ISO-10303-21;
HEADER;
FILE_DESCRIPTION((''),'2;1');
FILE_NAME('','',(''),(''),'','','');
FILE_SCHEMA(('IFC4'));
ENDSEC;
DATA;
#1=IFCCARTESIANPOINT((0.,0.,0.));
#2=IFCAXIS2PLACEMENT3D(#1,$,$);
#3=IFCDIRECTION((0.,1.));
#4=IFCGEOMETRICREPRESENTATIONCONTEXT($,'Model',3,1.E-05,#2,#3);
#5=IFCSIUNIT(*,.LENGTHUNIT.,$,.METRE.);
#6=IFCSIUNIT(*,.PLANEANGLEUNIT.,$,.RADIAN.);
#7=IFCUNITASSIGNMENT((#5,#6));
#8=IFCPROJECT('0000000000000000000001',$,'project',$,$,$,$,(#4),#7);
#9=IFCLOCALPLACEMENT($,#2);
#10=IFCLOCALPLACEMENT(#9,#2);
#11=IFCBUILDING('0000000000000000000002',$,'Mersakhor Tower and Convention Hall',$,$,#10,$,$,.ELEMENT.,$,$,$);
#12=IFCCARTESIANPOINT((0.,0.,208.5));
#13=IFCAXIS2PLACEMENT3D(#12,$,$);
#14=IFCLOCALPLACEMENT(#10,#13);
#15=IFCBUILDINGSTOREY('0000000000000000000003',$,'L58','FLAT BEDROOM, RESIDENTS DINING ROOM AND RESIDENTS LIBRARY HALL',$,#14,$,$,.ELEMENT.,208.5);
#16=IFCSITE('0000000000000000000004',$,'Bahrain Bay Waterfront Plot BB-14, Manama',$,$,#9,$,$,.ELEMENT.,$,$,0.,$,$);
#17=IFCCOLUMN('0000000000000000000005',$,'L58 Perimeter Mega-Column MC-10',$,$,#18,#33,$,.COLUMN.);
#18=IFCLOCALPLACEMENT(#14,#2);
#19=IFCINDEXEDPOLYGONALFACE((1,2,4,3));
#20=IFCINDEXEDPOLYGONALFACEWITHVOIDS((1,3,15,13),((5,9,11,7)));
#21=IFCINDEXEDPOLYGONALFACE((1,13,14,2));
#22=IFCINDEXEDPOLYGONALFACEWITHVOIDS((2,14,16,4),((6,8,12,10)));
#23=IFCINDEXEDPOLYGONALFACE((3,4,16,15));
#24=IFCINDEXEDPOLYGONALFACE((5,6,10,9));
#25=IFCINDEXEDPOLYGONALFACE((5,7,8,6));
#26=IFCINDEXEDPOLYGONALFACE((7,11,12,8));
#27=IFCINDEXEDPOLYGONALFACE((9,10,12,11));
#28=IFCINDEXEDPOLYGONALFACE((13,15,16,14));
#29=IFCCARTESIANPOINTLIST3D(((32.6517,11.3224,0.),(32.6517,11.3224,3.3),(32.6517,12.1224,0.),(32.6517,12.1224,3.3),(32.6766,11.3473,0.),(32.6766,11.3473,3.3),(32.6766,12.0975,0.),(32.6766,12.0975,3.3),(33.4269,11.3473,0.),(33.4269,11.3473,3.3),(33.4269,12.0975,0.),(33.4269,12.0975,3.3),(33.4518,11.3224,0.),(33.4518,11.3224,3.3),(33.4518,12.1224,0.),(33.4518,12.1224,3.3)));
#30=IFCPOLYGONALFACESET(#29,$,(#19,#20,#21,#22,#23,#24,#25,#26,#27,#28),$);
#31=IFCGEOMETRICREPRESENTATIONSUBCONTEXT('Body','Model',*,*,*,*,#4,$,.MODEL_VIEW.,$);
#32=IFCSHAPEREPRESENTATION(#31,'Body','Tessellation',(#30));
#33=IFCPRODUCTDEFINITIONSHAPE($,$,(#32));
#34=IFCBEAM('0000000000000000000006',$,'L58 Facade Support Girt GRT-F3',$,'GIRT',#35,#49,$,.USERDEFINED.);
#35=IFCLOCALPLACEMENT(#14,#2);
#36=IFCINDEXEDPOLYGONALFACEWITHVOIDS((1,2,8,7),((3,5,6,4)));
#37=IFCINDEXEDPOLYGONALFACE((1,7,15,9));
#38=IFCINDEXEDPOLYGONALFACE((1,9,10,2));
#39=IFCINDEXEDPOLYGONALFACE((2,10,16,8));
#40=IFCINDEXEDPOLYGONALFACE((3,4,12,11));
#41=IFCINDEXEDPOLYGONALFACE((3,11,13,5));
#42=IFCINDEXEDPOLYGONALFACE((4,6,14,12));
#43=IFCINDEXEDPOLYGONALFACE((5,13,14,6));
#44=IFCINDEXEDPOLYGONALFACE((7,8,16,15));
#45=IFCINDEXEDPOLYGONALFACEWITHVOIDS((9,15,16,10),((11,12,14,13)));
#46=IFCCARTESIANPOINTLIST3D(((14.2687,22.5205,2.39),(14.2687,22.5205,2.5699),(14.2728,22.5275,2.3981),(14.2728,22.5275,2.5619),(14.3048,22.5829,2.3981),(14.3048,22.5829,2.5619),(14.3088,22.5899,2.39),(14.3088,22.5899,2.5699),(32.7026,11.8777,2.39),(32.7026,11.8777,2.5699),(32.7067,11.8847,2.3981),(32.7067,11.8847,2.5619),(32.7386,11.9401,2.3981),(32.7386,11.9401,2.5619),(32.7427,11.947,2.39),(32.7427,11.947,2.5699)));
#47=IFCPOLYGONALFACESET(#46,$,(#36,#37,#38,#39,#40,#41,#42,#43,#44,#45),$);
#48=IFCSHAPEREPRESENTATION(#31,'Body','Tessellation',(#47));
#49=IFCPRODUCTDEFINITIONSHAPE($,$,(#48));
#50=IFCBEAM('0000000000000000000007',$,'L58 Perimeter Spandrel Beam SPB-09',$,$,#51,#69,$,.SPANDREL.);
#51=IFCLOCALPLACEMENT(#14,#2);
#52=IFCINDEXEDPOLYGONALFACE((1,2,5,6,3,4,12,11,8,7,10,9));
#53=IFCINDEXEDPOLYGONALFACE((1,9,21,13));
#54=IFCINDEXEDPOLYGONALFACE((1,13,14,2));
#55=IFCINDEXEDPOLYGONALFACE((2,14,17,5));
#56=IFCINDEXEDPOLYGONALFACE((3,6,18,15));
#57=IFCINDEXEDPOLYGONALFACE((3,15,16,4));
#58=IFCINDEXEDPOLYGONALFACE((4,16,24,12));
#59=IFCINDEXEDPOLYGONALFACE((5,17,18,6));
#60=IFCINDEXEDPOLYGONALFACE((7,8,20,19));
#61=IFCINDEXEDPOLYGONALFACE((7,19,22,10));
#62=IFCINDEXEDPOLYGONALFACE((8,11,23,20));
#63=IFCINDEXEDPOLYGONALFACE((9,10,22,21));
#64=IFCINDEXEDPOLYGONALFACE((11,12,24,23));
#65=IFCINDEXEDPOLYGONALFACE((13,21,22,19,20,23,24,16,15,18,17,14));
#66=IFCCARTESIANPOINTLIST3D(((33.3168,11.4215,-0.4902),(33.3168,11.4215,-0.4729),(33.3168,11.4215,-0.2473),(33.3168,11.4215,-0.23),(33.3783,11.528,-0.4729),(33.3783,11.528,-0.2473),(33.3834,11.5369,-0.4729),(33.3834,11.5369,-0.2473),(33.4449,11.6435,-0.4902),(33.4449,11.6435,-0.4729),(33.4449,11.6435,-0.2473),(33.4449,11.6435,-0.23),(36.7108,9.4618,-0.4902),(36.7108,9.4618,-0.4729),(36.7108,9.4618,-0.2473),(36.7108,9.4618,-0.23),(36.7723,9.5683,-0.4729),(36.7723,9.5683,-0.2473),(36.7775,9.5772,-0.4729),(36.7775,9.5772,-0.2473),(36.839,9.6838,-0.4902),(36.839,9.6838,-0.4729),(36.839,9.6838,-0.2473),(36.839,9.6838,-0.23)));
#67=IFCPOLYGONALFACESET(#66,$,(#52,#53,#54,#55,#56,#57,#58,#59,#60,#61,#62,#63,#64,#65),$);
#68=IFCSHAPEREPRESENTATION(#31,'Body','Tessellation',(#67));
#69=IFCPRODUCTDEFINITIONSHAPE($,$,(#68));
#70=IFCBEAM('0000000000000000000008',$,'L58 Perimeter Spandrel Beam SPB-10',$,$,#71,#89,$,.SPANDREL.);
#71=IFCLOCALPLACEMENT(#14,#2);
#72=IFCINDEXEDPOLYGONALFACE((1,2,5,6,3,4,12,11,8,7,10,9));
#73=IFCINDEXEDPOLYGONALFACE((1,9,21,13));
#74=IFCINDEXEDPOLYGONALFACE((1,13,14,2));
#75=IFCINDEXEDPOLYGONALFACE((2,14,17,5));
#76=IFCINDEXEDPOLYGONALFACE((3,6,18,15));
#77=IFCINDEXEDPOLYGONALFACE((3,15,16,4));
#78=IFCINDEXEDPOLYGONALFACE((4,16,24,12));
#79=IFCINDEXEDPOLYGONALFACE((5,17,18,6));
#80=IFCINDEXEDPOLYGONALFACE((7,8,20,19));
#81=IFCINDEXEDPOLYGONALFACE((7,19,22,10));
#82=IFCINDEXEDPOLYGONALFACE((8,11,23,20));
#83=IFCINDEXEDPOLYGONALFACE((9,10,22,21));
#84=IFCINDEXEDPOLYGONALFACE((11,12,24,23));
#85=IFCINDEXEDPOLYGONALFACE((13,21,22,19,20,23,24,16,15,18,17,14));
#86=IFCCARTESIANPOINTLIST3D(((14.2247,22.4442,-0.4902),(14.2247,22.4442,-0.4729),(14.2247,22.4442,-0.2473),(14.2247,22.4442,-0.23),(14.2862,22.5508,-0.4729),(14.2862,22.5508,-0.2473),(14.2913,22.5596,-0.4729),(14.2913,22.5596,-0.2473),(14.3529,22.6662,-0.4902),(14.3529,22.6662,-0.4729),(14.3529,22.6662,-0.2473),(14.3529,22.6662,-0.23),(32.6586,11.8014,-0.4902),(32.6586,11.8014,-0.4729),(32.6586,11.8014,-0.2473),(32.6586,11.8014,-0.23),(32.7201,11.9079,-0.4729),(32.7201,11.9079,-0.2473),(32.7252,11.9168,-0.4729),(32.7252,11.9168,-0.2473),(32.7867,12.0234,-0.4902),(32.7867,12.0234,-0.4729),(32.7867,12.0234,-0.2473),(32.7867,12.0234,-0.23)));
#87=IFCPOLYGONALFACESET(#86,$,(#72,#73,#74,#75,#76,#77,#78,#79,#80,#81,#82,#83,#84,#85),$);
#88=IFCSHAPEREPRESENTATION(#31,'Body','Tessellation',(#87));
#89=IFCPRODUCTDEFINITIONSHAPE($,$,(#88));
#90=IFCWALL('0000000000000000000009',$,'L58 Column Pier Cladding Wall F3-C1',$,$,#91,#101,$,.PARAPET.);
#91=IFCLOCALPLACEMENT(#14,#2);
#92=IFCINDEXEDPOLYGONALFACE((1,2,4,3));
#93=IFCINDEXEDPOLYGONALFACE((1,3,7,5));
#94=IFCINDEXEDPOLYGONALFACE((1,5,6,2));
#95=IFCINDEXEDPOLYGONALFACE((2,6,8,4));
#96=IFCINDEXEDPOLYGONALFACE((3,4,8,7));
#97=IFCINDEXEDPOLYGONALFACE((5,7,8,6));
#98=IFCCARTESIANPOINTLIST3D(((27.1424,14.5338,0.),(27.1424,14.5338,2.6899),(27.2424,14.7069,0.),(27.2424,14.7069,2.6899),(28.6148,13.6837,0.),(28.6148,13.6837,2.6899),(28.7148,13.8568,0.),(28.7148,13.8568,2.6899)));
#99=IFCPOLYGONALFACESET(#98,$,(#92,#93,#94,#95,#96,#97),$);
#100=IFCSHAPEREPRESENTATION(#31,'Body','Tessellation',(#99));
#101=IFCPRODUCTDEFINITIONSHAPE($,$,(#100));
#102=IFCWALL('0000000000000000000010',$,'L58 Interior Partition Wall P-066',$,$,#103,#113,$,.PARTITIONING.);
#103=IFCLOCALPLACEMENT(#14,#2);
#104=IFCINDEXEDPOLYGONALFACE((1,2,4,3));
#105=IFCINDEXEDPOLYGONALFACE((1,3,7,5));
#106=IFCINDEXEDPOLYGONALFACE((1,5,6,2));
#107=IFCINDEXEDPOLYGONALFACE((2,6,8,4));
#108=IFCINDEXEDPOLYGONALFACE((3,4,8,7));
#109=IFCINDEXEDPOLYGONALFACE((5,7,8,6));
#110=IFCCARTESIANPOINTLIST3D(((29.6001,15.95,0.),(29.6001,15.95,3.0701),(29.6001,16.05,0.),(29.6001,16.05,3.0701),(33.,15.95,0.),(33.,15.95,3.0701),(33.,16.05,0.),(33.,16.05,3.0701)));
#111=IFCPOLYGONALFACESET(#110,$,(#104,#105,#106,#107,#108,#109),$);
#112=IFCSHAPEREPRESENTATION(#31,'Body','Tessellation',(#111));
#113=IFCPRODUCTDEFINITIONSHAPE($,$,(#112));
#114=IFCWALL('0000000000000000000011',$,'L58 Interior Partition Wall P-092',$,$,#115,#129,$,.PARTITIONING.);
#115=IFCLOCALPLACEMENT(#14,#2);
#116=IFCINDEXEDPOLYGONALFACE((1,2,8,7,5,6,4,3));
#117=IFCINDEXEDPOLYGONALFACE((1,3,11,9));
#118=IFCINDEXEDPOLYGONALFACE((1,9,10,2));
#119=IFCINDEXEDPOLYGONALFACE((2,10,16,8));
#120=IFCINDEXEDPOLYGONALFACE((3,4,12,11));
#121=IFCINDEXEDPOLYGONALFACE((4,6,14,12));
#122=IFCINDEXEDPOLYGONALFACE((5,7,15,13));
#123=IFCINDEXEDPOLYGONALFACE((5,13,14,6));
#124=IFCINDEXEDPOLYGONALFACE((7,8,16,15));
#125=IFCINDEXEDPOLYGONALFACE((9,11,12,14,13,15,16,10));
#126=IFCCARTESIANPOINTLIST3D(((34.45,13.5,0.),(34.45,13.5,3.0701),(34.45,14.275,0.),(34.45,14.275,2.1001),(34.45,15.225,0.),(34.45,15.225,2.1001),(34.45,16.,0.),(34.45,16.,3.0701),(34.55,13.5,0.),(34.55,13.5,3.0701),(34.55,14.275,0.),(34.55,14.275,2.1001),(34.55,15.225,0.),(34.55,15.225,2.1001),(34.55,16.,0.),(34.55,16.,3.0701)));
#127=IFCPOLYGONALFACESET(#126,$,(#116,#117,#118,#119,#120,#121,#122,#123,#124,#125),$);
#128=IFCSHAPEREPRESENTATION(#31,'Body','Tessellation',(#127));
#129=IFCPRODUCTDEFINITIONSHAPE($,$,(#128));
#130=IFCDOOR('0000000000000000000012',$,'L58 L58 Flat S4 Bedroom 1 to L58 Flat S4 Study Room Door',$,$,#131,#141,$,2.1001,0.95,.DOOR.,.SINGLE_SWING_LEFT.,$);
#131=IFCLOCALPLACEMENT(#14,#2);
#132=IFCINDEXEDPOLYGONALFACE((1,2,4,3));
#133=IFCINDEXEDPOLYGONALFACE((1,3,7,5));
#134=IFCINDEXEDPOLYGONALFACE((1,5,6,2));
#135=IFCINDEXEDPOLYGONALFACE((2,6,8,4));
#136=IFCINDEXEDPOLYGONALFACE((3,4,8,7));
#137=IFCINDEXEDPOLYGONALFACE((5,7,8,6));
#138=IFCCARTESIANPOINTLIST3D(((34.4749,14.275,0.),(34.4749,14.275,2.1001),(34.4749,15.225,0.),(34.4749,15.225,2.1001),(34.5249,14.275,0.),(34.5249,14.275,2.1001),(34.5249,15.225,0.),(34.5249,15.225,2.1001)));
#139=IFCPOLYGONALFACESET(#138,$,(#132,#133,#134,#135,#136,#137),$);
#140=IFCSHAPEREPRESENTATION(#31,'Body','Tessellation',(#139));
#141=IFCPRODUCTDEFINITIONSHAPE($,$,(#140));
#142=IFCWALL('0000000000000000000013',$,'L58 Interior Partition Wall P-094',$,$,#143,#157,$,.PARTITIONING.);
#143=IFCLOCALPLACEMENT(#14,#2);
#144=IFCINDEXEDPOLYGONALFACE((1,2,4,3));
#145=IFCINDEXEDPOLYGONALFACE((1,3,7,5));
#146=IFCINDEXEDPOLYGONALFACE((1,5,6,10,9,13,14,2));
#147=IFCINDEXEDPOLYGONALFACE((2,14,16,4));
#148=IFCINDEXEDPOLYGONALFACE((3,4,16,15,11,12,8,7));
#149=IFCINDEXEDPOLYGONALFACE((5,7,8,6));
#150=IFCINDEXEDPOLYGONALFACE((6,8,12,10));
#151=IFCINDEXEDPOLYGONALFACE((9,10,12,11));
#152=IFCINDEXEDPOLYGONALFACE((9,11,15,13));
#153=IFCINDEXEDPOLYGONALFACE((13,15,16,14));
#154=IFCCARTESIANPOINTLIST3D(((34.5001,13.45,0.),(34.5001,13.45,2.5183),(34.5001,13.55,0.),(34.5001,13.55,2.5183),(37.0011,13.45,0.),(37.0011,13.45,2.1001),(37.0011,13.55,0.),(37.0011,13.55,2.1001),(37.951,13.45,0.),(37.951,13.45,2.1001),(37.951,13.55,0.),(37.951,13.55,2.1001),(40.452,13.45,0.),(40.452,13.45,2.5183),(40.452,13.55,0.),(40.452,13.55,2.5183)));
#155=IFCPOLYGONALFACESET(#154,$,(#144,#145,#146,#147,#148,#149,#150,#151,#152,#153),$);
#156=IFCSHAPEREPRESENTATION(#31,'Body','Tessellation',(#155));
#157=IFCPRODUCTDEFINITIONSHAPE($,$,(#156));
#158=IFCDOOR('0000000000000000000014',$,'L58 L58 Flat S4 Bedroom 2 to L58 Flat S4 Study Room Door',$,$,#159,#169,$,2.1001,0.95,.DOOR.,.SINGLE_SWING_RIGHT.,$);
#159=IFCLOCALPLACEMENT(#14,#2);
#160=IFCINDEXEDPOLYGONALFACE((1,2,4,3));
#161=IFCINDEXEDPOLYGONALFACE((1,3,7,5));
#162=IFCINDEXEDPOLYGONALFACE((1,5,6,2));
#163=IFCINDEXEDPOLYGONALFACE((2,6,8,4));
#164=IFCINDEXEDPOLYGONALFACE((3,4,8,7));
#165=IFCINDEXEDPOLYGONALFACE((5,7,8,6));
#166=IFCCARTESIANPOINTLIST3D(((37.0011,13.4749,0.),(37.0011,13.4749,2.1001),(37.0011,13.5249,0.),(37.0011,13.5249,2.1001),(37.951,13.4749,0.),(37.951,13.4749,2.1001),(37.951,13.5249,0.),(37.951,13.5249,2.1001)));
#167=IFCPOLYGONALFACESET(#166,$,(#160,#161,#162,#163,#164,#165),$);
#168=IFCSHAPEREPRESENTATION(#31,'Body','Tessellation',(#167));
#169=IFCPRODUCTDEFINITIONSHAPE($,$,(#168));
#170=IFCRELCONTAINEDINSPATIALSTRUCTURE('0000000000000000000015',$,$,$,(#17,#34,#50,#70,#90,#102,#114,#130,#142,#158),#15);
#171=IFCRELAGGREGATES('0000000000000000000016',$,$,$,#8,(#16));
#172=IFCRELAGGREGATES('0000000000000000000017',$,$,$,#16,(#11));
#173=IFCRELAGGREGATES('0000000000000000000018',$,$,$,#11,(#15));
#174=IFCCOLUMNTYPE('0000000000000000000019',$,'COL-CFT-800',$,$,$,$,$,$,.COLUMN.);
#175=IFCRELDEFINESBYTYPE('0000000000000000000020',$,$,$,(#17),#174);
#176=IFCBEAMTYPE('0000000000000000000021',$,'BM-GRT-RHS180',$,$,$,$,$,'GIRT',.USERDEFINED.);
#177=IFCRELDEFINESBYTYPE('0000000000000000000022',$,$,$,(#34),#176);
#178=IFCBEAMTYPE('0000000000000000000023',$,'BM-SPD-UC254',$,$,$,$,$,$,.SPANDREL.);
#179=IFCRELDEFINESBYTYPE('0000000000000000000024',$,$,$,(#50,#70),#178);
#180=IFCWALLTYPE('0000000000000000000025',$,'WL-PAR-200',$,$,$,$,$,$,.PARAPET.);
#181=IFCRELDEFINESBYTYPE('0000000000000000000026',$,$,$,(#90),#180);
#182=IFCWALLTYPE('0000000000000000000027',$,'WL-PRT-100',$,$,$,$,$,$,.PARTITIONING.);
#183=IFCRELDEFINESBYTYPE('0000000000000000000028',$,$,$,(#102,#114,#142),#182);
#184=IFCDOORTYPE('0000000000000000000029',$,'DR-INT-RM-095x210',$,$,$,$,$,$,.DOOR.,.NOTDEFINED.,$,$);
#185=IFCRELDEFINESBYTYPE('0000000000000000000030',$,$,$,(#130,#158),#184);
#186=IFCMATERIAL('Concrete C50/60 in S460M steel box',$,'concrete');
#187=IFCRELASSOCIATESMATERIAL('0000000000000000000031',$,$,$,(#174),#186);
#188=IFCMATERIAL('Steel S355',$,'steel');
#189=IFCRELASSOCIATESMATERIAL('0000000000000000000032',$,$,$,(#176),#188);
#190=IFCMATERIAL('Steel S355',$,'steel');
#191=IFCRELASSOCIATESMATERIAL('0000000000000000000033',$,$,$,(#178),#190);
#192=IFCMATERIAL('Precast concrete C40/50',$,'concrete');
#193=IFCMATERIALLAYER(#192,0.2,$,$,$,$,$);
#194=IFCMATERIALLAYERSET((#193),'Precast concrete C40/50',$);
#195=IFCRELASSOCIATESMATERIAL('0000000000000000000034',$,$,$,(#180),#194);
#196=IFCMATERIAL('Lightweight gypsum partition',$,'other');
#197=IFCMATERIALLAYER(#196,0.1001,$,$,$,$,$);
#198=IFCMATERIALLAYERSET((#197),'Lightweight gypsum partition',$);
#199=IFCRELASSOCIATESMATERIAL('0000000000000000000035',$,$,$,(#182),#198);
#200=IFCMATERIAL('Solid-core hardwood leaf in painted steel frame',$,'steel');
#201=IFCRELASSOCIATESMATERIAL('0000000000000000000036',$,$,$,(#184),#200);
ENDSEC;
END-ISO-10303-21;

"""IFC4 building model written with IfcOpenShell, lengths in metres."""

from ifc_helpers import new_model, si_unit, direction, frame, frame_2d, origin, origin_2d, place, context, subcontext, project, spatial, rectangle, hollow_rectangle, i_section, extrude, material, layer, layer_set, material_profile, profile_set, type_object, element, fill, save


model = new_model("IFC4")

# Units and contexts
model_context = context("Model", 3, precision=1e-05, world=origin(), true_north=direction((0.0, 1.0)))
body_context = subcontext(model_context, "Body", "Model", "MODEL_VIEW")
ifc_project = project(units=[si_unit("LENGTHUNIT", "METRE"), si_unit("PLANEANGLEUNIT", "RADIAN")], contexts=[model_context])

# Site, building, storey
site_placement = place(None, origin())
site = spatial("IfcSite", under=ifc_project, at=site_placement, Name="Bahrain Bay Waterfront Plot BB-14, Manama", CompositionType="ELEMENT", RefElevation=0.0)
building_placement = place(site_placement, origin())
building = spatial("IfcBuilding", under=site, at=building_placement, Name="Mersakhor Tower and Convention Hall", CompositionType="ELEMENT")
storey_placement = place(building_placement, frame((0.0, 0.0, 208.5)))
storey = spatial("IfcBuildingStorey", under=building, at=storey_placement, Name="L58", Description="FLAT BEDROOM, RESIDENTS DINING ROOM AND RESIDENTS LIBRARY HALL", CompositionType="ELEMENT", Elevation=208.5)

# Column
ifc_material_1 = material(Name="Concrete C50/60 in S460M steel box", Category="concrete")
ifc_material_profile_1 = material_profile(ifc_material_1, hollow_rectangle(XDim=0.8, YDim=0.8, WallThickness=0.0249, at=origin_2d()), Name="SHS 800x800x25")
ifc_profile_set_1 = profile_set([ifc_material_profile_1], Name="Concrete C50/60 in S460M steel box")
column_type = type_object("IfcColumnType", Name="COL-CFT-800", PredefinedType="COLUMN", material=ifc_profile_set_1)
column_placement = place(storey_placement, frame((33.0518, 11.7224, 0.0), z_axis=(0.0, 0.0, 1.0), x_axis=(1.0, 0.0, 0.0)))
element("IfcColumn", 1, at=column_placement, inside=storey, type_object=column_type, Name="L58 Perimeter Mega-Column MC-10", PredefinedType="COLUMN", context=body_context, shape_type="SweptSolid", body=[
    extrude(hollow_rectangle(XDim=0.8, YDim=0.8, WallThickness=0.0249, at=origin_2d()), origin(), (0.0, 0.0, 1.0), 3.3),
])

# Beams
ifc_material_2 = material(Name="Steel S355", Category="steel")
ifc_material_profile_2 = material_profile(ifc_material_2, hollow_rectangle(XDim=0.0801, YDim=0.1799, WallThickness=0.0081, at=origin_2d()), Name="RHS 180x80x8")
ifc_profile_set_2 = profile_set([ifc_material_profile_2], Name="Steel S355")
beam_type_1 = type_object("IfcBeamType", Name="BM-GRT-RHS180", ElementType="GIRT", PredefinedType="USERDEFINED", material=ifc_profile_set_2)
beam_1_placement = place(storey_placement, frame((32.7227, 11.9124, 2.48), z_axis=(-0.866025, 0.500001, 0.0), x_axis=(-0.500001, -0.866025, 0.0)))
element("IfcBeam", 2, at=beam_1_placement, inside=storey, type_object=beam_type_1, Name="L58 Facade Support Girt GRT-F3", ObjectType="GIRT", PredefinedType="USERDEFINED", context=body_context, shape_type="SweptSolid", body=[
    extrude(hollow_rectangle(XDim=0.0801, YDim=0.1799, WallThickness=0.0081, at=origin_2d()), origin(), (0.0, 0.0, 1.0), 21.2856),
])
ifc_material_3 = material(Name="Steel S355", Category="steel")
ifc_material_profile_3 = material_profile(ifc_material_3, i_section(OverallWidth=0.2563, OverallDepth=0.2603, WebThickness=0.0103, FlangeThickness=0.0173, at=origin_2d()), Name="UC 254x254x89")
ifc_profile_set_3 = profile_set([ifc_material_profile_3], Name="Steel S355")
beam_type_2 = type_object("IfcBeamType", Name="BM-SPD-UC254", PredefinedType="SPANDREL", material=ifc_profile_set_3)
beam_2_placement = place(storey_placement, frame((36.7749, 9.5728, -0.3601), z_axis=(-0.866007, 0.500032, 0.0), x_axis=(-0.500032, -0.866007, 0.0)))
element("IfcBeam", 3, at=beam_2_placement, inside=storey, type_object=beam_type_2, Name="L58 Perimeter Spandrel Beam SPB-09", PredefinedType="SPANDREL", context=body_context, shape_type="SweptSolid", body=[
    extrude(i_section(OverallWidth=0.2563, OverallDepth=0.2603, WebThickness=0.0103, FlangeThickness=0.0173, at=origin_2d()), origin(), (0.0, 0.0, 1.0), 3.9192),
])
beam_3_placement = place(storey_placement, frame((32.7227, 11.9124, -0.3601), z_axis=(-0.866025, 0.500001, 0.0), x_axis=(-0.500001, -0.866025, 0.0)))
element("IfcBeam", 4, at=beam_3_placement, inside=storey, type_object=beam_type_2, Name="L58 Perimeter Spandrel Beam SPB-10", PredefinedType="SPANDREL", context=body_context, shape_type="SweptSolid", body=[
    extrude(i_section(OverallWidth=0.2563, OverallDepth=0.2603, WebThickness=0.0103, FlangeThickness=0.0173, at=origin_2d()), origin(), (0.0, 0.0, 1.0), 21.2856),
])

# Walls
ifc_material_4 = material(Name="Precast concrete C40/50", Category="concrete")
ifc_layer_1 = layer(ifc_material_4, 0.2)
ifc_layer_set_1 = layer_set([ifc_layer_1], Name="Precast concrete C40/50")
wall_type_1 = type_object("IfcWallType", Name="WL-PAR-200", PredefinedType="PARAPET", material=ifc_layer_set_1)
wall_1_placement = place(storey_placement, frame((28.6648, 13.7703, 0.0), z_axis=(0.0, 0.0, 1.0), x_axis=(-0.866025, 0.5, 0.0)))
element("IfcWall", 5, at=wall_1_placement, inside=storey, type_object=wall_type_1, Name="L58 Column Pier Cladding Wall F3-C1", PredefinedType="PARAPET", context=body_context, shape_type="SweptSolid", body=[
    extrude(rectangle(XDim=1.7002, YDim=0.2, at=frame_2d((0.8501, 0.0))), origin(), (0.0, 0.0, 1.0), 2.6899),
])
ifc_material_5 = material(Name="Lightweight gypsum partition", Category="other")
ifc_layer_2 = layer(ifc_material_5, 0.1001)
ifc_layer_set_2 = layer_set([ifc_layer_2], Name="Lightweight gypsum partition")
wall_type_2 = type_object("IfcWallType", Name="WL-PRT-100", PredefinedType="PARTITIONING", material=ifc_layer_set_2)
wall_2_placement = place(storey_placement, frame((33.0, 16.0, 0.0), z_axis=(0.0, 0.0, 1.0), x_axis=(-1.0, 0.0, 0.0)))
element("IfcWall", 6, at=wall_2_placement, inside=storey, type_object=wall_type_2, Name="L58 Interior Partition Wall P-066", PredefinedType="PARTITIONING", context=body_context, shape_type="SweptSolid", body=[
    extrude(rectangle(XDim=3.3999, YDim=0.1001, at=frame_2d((1.7, 0.0))), origin(), (0.0, 0.0, 1.0), 3.0701),
])

# Walls, openings, doors
wall_3_placement = place(storey_placement, frame((34.5, 16.0, 0.0), z_axis=(0.0, 0.0, 1.0), x_axis=(0.0, -1.0, 0.0)))
wall_3 = element("IfcWall", 7, at=wall_3_placement, inside=storey, type_object=wall_type_2, Name="L58 Interior Partition Wall P-092", PredefinedType="PARTITIONING", context=body_context, shape_type="SweptSolid", body=[
    extrude(rectangle(XDim=2.5, YDim=0.1001, at=frame_2d((1.25, 0.0))), origin(), (0.0, 0.0, 1.0), 3.0701),
])
opening_1_placement = place(wall_3_placement, frame((0.7749, 0.0, 0.0)))
opening_1 = element("IfcOpeningElement", 8, at=opening_1_placement, cuts=wall_3, PredefinedType="OPENING", context=body_context, shape_type="SweptSolid", body=[
    extrude(rectangle(XDim=0.95, YDim=2.1001, at=frame_2d((0.4751, 1.05))), frame((0.0, 0.0601, 0.0), z_axis=(0.0, -1.0, 0.0), x_axis=(1.0, 0.0, 0.0)), (0.0, 0.0, 1.0), 0.1201),
])
ifc_material_6 = material(Name="Solid-core hardwood leaf in painted steel frame", Category="steel")
door_type_1 = type_object("IfcDoorType", Name="DR-INT-RM-095x210", OperationType="NOTDEFINED", PredefinedType="DOOR", material=ifc_material_6)
door_1_placement = place(opening_1_placement, origin())
door_1 = element("IfcDoor", 9, at=door_1_placement, inside=storey, type_object=door_type_1, Name="L58 L58 Flat S4 Bedroom 1 to L58 Flat S4 Study Room Door", OperationType="SINGLE_SWING_LEFT", OverallHeight=2.1001, OverallWidth=0.95, PredefinedType="DOOR", context=body_context, shape_type="SweptSolid", body=[
    extrude(rectangle(XDim=0.95, YDim=2.1001, at=frame_2d((0.4751, 1.05))), frame((0.0, 0.0249, 0.0), z_axis=(0.0, -1.0, 0.0), x_axis=(1.0, 0.0, 0.0)), (0.0, 0.0, 1.0), 0.05),
])
fill(opening_1, door_1)
wall_4_placement = place(storey_placement, frame((34.5, 13.5, 0.0), z_axis=(0.0, 0.0, 1.0), x_axis=(1.0, 0.0, 0.0)))
wall_4 = element("IfcWall", 10, at=wall_4_placement, inside=storey, type_object=wall_type_2, Name="L58 Interior Partition Wall P-094", PredefinedType="PARTITIONING", context=body_context, shape_type="SweptSolid", body=[
    extrude(rectangle(XDim=5.9519, YDim=0.1001, at=frame_2d((2.9761, 0.0))), origin(), (0.0, 0.0, 1.0), 2.5183),
])
opening_2_placement = place(wall_4_placement, frame((2.501, 0.0, 0.0)))
opening_2 = element("IfcOpeningElement", 11, at=opening_2_placement, cuts=wall_4, PredefinedType="OPENING", context=body_context, shape_type="SweptSolid", body=[
    extrude(rectangle(XDim=0.95, YDim=2.1001, at=frame_2d((0.4751, 1.05))), frame((0.0, 0.0601, 0.0), z_axis=(0.0, -1.0, 0.0), x_axis=(1.0, 0.0, 0.0)), (0.0, 0.0, 1.0), 0.1201),
])
door_2_placement = place(opening_2_placement, origin())
door_2 = element("IfcDoor", 12, at=door_2_placement, inside=storey, type_object=door_type_1, Name="L58 L58 Flat S4 Bedroom 2 to L58 Flat S4 Study Room Door", OperationType="SINGLE_SWING_RIGHT", OverallHeight=2.1001, OverallWidth=0.95, PredefinedType="DOOR", context=body_context, shape_type="SweptSolid", body=[
    extrude(rectangle(XDim=0.95, YDim=2.1001, at=frame_2d((0.4751, 1.05))), frame((0.0, 0.0249, 0.0), z_axis=(0.0, -1.0, 0.0), x_axis=(1.0, 0.0, 0.0)), (0.0, 0.0, 1.0), 0.05),
])
fill(opening_2, door_2)

save(model, "model.ifc")
